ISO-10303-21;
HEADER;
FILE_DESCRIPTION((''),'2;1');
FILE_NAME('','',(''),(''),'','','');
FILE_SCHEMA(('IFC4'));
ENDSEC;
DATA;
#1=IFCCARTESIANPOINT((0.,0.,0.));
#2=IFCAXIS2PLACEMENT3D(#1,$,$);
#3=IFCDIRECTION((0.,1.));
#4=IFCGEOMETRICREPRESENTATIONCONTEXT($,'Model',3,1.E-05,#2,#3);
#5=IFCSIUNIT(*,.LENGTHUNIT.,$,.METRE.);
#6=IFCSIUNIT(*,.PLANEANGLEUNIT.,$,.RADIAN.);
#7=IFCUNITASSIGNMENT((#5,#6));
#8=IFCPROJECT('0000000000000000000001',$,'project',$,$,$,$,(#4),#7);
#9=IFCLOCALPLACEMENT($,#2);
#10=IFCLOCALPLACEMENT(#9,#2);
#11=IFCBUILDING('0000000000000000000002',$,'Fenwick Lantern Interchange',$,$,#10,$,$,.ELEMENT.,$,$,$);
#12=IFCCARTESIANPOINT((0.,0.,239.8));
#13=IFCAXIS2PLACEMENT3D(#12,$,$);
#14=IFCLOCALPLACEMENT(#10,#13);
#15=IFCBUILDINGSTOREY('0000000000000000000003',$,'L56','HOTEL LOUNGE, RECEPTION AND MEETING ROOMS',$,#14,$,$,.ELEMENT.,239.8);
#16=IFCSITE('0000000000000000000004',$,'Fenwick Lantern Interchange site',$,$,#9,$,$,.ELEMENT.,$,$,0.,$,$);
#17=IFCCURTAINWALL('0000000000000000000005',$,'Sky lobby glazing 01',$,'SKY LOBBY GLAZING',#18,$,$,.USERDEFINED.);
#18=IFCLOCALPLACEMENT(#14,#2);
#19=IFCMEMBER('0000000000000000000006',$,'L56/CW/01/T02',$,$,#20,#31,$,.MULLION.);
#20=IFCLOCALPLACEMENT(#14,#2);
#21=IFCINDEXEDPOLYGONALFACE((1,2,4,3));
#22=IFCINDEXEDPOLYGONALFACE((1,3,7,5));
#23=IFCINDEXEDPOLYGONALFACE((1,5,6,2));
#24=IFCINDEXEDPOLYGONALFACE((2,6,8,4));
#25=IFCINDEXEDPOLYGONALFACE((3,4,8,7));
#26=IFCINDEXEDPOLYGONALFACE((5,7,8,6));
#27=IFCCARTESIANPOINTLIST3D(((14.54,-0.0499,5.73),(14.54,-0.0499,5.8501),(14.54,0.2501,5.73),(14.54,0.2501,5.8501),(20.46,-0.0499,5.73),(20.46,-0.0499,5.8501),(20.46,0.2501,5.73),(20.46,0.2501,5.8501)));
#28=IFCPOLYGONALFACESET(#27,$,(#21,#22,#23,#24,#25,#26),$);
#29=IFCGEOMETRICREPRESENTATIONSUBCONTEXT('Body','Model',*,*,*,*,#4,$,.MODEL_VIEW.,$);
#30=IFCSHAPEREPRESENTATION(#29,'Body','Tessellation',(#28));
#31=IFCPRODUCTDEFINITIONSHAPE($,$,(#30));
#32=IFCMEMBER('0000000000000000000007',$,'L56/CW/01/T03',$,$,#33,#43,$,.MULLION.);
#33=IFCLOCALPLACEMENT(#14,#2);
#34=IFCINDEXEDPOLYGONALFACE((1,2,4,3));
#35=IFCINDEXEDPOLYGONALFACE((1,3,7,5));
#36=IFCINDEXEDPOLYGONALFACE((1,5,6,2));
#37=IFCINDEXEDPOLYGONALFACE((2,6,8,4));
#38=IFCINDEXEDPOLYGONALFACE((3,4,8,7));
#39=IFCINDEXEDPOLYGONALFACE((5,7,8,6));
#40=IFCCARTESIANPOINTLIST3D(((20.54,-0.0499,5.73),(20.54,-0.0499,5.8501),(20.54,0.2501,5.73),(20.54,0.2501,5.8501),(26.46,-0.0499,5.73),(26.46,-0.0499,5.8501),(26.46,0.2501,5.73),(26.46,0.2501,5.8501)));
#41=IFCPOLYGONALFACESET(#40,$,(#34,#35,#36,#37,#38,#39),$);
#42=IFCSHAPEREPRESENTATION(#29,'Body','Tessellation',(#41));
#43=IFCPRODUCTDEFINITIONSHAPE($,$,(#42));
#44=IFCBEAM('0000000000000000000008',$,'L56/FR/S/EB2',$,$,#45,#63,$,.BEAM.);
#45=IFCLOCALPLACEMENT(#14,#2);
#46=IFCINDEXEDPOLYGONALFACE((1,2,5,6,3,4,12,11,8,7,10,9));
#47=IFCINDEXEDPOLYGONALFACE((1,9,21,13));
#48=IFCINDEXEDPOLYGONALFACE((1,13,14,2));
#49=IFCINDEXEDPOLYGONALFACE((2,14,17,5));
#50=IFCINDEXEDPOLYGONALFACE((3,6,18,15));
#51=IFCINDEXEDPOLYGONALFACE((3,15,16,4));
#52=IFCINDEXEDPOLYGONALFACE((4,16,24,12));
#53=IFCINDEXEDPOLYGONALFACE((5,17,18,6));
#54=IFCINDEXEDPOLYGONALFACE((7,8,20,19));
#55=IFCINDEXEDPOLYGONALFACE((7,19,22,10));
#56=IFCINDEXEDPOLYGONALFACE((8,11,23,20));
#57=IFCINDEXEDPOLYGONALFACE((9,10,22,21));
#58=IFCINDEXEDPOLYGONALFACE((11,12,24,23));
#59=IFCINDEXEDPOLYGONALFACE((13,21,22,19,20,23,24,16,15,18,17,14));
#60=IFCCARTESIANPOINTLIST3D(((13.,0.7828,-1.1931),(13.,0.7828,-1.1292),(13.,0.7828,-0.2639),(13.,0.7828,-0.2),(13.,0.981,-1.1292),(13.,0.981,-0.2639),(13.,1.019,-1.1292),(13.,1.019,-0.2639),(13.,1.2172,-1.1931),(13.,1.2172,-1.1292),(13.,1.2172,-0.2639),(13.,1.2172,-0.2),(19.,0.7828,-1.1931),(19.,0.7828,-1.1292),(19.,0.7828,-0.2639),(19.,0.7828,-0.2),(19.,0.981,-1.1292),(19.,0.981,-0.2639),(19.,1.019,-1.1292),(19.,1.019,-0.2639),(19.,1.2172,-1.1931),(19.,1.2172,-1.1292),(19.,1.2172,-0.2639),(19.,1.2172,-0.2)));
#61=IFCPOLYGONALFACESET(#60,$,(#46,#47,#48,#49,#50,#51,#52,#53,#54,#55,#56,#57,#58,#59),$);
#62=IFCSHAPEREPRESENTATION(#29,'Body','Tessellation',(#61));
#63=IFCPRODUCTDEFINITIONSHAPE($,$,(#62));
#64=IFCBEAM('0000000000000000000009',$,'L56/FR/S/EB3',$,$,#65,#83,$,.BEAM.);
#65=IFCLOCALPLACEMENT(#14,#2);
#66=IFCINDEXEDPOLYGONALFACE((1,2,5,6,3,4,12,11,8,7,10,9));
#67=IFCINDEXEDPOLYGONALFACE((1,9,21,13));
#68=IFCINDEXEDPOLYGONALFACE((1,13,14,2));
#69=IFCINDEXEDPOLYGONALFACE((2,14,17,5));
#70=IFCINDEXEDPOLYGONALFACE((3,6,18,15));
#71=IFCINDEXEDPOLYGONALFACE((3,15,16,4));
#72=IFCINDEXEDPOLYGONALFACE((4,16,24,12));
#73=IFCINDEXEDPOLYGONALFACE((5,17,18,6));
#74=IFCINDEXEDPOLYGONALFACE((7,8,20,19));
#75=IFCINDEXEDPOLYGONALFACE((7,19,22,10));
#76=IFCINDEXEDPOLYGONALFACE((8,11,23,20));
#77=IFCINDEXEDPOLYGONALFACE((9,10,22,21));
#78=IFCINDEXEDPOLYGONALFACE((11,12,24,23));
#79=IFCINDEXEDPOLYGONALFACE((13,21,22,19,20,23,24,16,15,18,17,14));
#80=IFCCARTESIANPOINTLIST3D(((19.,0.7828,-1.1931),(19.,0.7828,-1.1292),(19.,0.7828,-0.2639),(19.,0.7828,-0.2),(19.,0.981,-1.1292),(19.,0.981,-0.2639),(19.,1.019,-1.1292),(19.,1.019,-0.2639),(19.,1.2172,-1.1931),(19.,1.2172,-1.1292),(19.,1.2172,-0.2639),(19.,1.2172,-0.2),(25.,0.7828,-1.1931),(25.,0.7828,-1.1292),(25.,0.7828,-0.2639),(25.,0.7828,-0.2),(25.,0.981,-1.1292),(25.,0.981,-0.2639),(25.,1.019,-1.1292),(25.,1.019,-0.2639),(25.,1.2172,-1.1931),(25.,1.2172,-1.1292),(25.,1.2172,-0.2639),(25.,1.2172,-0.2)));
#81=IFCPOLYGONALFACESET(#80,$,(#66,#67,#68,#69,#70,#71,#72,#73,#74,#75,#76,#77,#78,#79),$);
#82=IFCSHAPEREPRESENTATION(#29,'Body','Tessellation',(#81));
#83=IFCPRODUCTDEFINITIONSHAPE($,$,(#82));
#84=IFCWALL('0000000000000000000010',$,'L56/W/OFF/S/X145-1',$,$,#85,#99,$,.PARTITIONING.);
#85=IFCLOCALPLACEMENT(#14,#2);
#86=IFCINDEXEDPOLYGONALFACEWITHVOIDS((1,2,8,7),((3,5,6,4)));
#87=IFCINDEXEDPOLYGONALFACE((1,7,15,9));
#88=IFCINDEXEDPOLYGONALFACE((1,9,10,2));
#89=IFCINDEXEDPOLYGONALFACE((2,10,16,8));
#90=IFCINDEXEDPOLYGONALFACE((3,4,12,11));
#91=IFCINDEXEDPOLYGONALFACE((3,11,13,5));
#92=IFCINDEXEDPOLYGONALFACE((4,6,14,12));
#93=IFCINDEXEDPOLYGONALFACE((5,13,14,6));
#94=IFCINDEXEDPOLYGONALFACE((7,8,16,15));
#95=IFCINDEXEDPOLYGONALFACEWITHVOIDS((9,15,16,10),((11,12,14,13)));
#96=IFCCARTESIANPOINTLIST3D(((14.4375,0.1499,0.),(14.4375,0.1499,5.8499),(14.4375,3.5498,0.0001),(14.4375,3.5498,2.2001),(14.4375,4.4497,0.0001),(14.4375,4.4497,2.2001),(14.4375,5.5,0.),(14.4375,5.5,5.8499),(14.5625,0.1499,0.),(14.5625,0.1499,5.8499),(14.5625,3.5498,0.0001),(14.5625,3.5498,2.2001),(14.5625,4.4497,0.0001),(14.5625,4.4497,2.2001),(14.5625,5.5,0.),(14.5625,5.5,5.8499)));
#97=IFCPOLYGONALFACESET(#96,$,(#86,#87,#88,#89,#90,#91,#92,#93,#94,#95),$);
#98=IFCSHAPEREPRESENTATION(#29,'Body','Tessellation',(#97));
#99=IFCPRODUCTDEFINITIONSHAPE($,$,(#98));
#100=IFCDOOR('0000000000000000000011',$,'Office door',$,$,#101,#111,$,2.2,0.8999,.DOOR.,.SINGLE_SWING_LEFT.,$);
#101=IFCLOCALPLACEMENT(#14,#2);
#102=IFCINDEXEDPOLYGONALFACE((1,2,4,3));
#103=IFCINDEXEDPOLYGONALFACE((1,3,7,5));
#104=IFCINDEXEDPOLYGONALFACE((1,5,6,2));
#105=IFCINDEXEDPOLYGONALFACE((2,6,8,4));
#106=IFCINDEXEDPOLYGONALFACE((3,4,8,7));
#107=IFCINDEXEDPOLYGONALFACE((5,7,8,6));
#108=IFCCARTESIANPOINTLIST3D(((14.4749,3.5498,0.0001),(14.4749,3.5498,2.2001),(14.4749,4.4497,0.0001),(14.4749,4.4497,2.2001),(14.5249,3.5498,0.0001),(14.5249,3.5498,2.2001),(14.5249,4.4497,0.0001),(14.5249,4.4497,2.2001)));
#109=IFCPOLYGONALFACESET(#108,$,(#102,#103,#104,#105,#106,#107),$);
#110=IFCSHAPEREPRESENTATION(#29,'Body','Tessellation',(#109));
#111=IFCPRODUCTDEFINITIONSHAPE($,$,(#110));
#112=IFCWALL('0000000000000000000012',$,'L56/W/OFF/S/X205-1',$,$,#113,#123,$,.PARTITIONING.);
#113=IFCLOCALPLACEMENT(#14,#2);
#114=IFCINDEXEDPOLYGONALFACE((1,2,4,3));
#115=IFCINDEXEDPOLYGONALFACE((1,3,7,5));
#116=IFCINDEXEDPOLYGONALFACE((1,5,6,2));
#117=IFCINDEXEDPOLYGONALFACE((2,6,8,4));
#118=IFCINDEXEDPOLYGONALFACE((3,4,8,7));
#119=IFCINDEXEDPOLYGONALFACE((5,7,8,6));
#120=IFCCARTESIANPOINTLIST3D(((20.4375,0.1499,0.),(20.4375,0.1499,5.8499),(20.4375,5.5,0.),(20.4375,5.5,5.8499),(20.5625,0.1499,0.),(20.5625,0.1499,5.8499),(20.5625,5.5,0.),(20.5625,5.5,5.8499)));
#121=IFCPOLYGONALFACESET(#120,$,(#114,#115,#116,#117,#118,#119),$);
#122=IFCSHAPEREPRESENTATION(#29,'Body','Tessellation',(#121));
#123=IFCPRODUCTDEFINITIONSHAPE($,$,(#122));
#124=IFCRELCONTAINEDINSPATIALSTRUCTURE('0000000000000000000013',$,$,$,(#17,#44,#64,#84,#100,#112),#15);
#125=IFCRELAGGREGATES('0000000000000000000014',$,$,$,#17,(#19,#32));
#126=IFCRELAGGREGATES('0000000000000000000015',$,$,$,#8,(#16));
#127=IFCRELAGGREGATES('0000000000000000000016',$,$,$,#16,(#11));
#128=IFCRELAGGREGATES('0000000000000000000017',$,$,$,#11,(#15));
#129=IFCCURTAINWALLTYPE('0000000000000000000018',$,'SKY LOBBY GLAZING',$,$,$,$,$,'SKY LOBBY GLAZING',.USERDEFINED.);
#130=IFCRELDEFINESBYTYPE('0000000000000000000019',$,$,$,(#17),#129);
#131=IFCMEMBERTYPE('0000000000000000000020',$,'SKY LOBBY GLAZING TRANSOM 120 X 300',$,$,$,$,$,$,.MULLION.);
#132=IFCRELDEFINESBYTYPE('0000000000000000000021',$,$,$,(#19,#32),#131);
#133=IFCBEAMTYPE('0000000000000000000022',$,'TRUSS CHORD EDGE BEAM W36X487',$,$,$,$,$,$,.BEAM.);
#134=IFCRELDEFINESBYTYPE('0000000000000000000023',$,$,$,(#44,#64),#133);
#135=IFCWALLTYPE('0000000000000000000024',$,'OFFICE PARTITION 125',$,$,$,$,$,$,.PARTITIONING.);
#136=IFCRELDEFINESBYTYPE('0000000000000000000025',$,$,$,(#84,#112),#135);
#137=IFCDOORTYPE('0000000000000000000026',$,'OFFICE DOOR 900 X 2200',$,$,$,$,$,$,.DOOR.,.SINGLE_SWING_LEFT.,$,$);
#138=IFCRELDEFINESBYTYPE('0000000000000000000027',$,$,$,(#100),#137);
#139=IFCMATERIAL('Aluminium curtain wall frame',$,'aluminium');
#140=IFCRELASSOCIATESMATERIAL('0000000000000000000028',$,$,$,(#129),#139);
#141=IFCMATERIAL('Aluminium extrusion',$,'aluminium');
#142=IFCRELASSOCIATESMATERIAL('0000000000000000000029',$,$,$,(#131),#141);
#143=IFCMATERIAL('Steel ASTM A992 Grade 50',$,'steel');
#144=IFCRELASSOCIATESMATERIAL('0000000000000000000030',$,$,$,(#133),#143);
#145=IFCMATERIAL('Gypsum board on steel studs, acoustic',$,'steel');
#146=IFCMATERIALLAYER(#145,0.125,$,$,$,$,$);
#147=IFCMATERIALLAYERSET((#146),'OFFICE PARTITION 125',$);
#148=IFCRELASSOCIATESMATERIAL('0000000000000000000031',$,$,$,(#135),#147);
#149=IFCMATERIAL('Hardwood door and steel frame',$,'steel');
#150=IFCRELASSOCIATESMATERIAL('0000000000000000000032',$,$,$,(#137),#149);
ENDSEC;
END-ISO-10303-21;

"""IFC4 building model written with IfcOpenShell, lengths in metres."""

from ifc_helpers import new_model, si_unit, direction, frame, frame_2d, origin, origin_2d, place, context, subcontext, project, spatial, rectangle, i_section, extrude, material, layer, layer_set, material_profile, profile_set, type_object, element, fill, aggregate, save


model = new_model("IFC4")

# Units and contexts
model_context = context("Model", 3, precision=1e-05, world=origin(), true_north=direction((0.0, 1.0)))
body_context = subcontext(model_context, "Body", "Model", "MODEL_VIEW")
ifc_project = project(units=[si_unit("LENGTHUNIT", "METRE"), si_unit("PLANEANGLEUNIT", "RADIAN")], contexts=[model_context])

# Site, building, storey
site_placement = place(None, origin())
site = spatial("IfcSite", under=ifc_project, at=site_placement, Name="Fenwick Lantern Interchange site", CompositionType="ELEMENT", RefElevation=0.0)
building_placement = place(site_placement, origin())
building = spatial("IfcBuilding", under=site, at=building_placement, Name="Fenwick Lantern Interchange", CompositionType="ELEMENT")
storey_placement = place(building_placement, frame((0.0, 0.0, 239.8)))
storey = spatial("IfcBuildingStorey", under=building, at=storey_placement, Name="L56", Description="HOTEL LOUNGE, RECEPTION AND MEETING ROOMS", CompositionType="ELEMENT", Elevation=239.8)

# Shared definitions
ifc_material_1 = material(Name="Steel ASTM A992 Grade 50", Category="steel")

# Curtain wall, members
ifc_material_2 = material(Name="Aluminium curtain wall frame", Category="aluminium")
curtain_wall_type = type_object("IfcCurtainWallType", Name="SKY LOBBY GLAZING", ElementType="SKY LOBBY GLAZING", PredefinedType="USERDEFINED", material=ifc_material_2)
curtain_wall_placement = place(storey_placement, origin())
curtain_wall = element("IfcCurtainWall", 1, at=curtain_wall_placement, inside=storey, type_object=curtain_wall_type, Name="Sky lobby glazing 01", ObjectType="SKY LOBBY GLAZING", PredefinedType="USERDEFINED")
ifc_material_3 = material(Name="Aluminium extrusion", Category="aluminium")
ifc_material_profile_1 = material_profile(ifc_material_3, rectangle(XDim=0.3, YDim=0.1201, at=origin_2d()), Name="SKY LOBBY GLAZING TRANSOM 120 X 300")
ifc_profile_set_1 = profile_set([ifc_material_profile_1], Name="Aluminium extrusion")
member_type_1 = type_object("IfcMemberType", Name="SKY LOBBY GLAZING TRANSOM 120 X 300", PredefinedType="MULLION", material=ifc_profile_set_1)
member_1_placement = place(storey_placement, frame((14.54, 0.1001, 5.79), z_axis=(1.0, 0.0, 0.0), x_axis=(0.0, 1.0, 0.0)))
member_1 = element("IfcMember", 2, at=member_1_placement, type_object=member_type_1, Name="L56/CW/01/T02", PredefinedType="MULLION", context=body_context, shape_type="SweptSolid", body=[
    extrude(rectangle(XDim=0.3, YDim=0.1201, at=origin_2d()), origin(), (0.0, 0.0, 1.0), 5.9199),
])
member_2_placement = place(storey_placement, frame((20.54, 0.1001, 5.79), z_axis=(1.0, 0.0, 0.0), x_axis=(0.0, 1.0, 0.0)))
member_2 = element("IfcMember", 3, at=member_2_placement, type_object=member_type_1, Name="L56/CW/01/T03", PredefinedType="MULLION", context=body_context, shape_type="SweptSolid", body=[
    extrude(rectangle(XDim=0.3, YDim=0.1201, at=origin_2d()), origin(), (0.0, 0.0, 1.0), 5.9199),
])
aggregate(curtain_wall, [member_1, member_2])

# Beams
ifc_material_profile_2 = material_profile(ifc_material_1, i_section(OverallWidth=0.4343, OverallDepth=0.9932, WebThickness=0.0381, FlangeThickness=0.064, at=origin_2d()), Name="W36X487")
ifc_profile_set_2 = profile_set([ifc_material_profile_2], Name="Steel ASTM A992 Grade 50")
beam_type_1 = type_object("IfcBeamType", Name="TRUSS CHORD EDGE BEAM W36X487", PredefinedType="BEAM", material=ifc_profile_set_2)
for number, where, z_axis, x_axis, name in (
    (4, (13.0, 1.0, -0.6965), (1.0, 0.0, 0.0), (0.0, 1.0, 0.0), "L56/FR/S/EB2"),
    (5, (19.0, 1.0, -0.6965), (1.0, 0.0, 0.0), (0.0, 1.0, 0.0), "L56/FR/S/EB3"),
):
    element("IfcBeam", number, at=place(storey_placement, frame(where, z_axis=z_axis, x_axis=x_axis)), inside=storey, type_object=beam_type_1, Name=name, PredefinedType="BEAM", context=body_context, shape_type="SweptSolid", body=[
        extrude(i_section(OverallWidth=0.4343, OverallDepth=0.9932, WebThickness=0.0381, FlangeThickness=0.064, at=origin_2d()), origin(), (0.0, 0.0, 1.0), 6.0),
    ])

# Wall, opening, door
ifc_material_4 = material(Name="Gypsum board on steel studs, acoustic", Category="steel")
ifc_layer = layer(ifc_material_4, 0.125)
ifc_layer_set = layer_set([ifc_layer], Name="OFFICE PARTITION 125")
wall_type = type_object("IfcWallType", Name="OFFICE PARTITION 125", PredefinedType="PARTITIONING", material=ifc_layer_set)
wall_1_placement = place(storey_placement, frame((14.5, 0.1499, 0.0), z_axis=(0.0, 0.0, 1.0), x_axis=(0.0, 1.0, 0.0)))
wall_1 = element("IfcWall", 6, at=wall_1_placement, inside=storey, type_object=wall_type, Name="L56/W/OFF/S/X145-1", PredefinedType="PARTITIONING", context=body_context, shape_type="SweptSolid", body=[
    extrude(rectangle(XDim=5.3501, YDim=0.125, at=frame_2d((2.675, 0.0))), origin(), (0.0, 0.0, 1.0), 5.8499),
])
opening_placement = place(wall_1_placement, frame((3.3999, 0.0, 0.0)))
opening = element("IfcOpeningElement", 7, at=opening_placement, cuts=wall_1, PredefinedType="OPENING", context=body_context, shape_type="SweptSolid", body=[
    extrude(rectangle(XDim=0.8999, YDim=2.2, at=frame_2d((0.45, 1.1001))), frame((0.0, 0.0725, 0.0), z_axis=(0.0, -1.0, 0.0), x_axis=(1.0, 0.0, 0.0)), (0.0, 0.0, 1.0), 0.145),
])
ifc_material_5 = material(Name="Hardwood door and steel frame", Category="steel")
door_type = type_object("IfcDoorType", Name="OFFICE DOOR 900 X 2200", OperationType="SINGLE_SWING_LEFT", PredefinedType="DOOR", material=ifc_material_5)
door_placement = place(opening_placement, frame((0.8999, 0.0, 0.0), z_axis=(0.0, 0.0, 1.0), x_axis=(-1.0, 0.0, 0.0)))
door = element("IfcDoor", 8, at=door_placement, inside=storey, type_object=door_type, Name="Office door", OperationType="SINGLE_SWING_LEFT", OverallHeight=2.2, OverallWidth=0.8999, PredefinedType="DOOR", context=body_context, shape_type="SweptSolid", body=[
    extrude(rectangle(XDim=0.8999, YDim=2.2, at=frame_2d((0.45, 1.1001))), frame((0.0, 0.0249, 0.0), z_axis=(0.0, -1.0, 0.0), x_axis=(1.0, 0.0, 0.0)), (0.0, 0.0, 1.0), 0.05),
])
fill(opening, door)

# Wall
wall_2_placement = place(storey_placement, frame((20.5, 0.1499, 0.0), z_axis=(0.0, 0.0, 1.0), x_axis=(0.0, 1.0, 0.0)))
element("IfcWall", 9, at=wall_2_placement, inside=storey, type_object=wall_type, Name="L56/W/OFF/S/X205-1", PredefinedType="PARTITIONING", context=body_context, shape_type="SweptSolid", body=[
    extrude(rectangle(XDim=5.3501, YDim=0.125, at=frame_2d((2.675, 0.0))), origin(), (0.0, 0.0, 1.0), 5.8499),
])

save(model, "model.ifc")
